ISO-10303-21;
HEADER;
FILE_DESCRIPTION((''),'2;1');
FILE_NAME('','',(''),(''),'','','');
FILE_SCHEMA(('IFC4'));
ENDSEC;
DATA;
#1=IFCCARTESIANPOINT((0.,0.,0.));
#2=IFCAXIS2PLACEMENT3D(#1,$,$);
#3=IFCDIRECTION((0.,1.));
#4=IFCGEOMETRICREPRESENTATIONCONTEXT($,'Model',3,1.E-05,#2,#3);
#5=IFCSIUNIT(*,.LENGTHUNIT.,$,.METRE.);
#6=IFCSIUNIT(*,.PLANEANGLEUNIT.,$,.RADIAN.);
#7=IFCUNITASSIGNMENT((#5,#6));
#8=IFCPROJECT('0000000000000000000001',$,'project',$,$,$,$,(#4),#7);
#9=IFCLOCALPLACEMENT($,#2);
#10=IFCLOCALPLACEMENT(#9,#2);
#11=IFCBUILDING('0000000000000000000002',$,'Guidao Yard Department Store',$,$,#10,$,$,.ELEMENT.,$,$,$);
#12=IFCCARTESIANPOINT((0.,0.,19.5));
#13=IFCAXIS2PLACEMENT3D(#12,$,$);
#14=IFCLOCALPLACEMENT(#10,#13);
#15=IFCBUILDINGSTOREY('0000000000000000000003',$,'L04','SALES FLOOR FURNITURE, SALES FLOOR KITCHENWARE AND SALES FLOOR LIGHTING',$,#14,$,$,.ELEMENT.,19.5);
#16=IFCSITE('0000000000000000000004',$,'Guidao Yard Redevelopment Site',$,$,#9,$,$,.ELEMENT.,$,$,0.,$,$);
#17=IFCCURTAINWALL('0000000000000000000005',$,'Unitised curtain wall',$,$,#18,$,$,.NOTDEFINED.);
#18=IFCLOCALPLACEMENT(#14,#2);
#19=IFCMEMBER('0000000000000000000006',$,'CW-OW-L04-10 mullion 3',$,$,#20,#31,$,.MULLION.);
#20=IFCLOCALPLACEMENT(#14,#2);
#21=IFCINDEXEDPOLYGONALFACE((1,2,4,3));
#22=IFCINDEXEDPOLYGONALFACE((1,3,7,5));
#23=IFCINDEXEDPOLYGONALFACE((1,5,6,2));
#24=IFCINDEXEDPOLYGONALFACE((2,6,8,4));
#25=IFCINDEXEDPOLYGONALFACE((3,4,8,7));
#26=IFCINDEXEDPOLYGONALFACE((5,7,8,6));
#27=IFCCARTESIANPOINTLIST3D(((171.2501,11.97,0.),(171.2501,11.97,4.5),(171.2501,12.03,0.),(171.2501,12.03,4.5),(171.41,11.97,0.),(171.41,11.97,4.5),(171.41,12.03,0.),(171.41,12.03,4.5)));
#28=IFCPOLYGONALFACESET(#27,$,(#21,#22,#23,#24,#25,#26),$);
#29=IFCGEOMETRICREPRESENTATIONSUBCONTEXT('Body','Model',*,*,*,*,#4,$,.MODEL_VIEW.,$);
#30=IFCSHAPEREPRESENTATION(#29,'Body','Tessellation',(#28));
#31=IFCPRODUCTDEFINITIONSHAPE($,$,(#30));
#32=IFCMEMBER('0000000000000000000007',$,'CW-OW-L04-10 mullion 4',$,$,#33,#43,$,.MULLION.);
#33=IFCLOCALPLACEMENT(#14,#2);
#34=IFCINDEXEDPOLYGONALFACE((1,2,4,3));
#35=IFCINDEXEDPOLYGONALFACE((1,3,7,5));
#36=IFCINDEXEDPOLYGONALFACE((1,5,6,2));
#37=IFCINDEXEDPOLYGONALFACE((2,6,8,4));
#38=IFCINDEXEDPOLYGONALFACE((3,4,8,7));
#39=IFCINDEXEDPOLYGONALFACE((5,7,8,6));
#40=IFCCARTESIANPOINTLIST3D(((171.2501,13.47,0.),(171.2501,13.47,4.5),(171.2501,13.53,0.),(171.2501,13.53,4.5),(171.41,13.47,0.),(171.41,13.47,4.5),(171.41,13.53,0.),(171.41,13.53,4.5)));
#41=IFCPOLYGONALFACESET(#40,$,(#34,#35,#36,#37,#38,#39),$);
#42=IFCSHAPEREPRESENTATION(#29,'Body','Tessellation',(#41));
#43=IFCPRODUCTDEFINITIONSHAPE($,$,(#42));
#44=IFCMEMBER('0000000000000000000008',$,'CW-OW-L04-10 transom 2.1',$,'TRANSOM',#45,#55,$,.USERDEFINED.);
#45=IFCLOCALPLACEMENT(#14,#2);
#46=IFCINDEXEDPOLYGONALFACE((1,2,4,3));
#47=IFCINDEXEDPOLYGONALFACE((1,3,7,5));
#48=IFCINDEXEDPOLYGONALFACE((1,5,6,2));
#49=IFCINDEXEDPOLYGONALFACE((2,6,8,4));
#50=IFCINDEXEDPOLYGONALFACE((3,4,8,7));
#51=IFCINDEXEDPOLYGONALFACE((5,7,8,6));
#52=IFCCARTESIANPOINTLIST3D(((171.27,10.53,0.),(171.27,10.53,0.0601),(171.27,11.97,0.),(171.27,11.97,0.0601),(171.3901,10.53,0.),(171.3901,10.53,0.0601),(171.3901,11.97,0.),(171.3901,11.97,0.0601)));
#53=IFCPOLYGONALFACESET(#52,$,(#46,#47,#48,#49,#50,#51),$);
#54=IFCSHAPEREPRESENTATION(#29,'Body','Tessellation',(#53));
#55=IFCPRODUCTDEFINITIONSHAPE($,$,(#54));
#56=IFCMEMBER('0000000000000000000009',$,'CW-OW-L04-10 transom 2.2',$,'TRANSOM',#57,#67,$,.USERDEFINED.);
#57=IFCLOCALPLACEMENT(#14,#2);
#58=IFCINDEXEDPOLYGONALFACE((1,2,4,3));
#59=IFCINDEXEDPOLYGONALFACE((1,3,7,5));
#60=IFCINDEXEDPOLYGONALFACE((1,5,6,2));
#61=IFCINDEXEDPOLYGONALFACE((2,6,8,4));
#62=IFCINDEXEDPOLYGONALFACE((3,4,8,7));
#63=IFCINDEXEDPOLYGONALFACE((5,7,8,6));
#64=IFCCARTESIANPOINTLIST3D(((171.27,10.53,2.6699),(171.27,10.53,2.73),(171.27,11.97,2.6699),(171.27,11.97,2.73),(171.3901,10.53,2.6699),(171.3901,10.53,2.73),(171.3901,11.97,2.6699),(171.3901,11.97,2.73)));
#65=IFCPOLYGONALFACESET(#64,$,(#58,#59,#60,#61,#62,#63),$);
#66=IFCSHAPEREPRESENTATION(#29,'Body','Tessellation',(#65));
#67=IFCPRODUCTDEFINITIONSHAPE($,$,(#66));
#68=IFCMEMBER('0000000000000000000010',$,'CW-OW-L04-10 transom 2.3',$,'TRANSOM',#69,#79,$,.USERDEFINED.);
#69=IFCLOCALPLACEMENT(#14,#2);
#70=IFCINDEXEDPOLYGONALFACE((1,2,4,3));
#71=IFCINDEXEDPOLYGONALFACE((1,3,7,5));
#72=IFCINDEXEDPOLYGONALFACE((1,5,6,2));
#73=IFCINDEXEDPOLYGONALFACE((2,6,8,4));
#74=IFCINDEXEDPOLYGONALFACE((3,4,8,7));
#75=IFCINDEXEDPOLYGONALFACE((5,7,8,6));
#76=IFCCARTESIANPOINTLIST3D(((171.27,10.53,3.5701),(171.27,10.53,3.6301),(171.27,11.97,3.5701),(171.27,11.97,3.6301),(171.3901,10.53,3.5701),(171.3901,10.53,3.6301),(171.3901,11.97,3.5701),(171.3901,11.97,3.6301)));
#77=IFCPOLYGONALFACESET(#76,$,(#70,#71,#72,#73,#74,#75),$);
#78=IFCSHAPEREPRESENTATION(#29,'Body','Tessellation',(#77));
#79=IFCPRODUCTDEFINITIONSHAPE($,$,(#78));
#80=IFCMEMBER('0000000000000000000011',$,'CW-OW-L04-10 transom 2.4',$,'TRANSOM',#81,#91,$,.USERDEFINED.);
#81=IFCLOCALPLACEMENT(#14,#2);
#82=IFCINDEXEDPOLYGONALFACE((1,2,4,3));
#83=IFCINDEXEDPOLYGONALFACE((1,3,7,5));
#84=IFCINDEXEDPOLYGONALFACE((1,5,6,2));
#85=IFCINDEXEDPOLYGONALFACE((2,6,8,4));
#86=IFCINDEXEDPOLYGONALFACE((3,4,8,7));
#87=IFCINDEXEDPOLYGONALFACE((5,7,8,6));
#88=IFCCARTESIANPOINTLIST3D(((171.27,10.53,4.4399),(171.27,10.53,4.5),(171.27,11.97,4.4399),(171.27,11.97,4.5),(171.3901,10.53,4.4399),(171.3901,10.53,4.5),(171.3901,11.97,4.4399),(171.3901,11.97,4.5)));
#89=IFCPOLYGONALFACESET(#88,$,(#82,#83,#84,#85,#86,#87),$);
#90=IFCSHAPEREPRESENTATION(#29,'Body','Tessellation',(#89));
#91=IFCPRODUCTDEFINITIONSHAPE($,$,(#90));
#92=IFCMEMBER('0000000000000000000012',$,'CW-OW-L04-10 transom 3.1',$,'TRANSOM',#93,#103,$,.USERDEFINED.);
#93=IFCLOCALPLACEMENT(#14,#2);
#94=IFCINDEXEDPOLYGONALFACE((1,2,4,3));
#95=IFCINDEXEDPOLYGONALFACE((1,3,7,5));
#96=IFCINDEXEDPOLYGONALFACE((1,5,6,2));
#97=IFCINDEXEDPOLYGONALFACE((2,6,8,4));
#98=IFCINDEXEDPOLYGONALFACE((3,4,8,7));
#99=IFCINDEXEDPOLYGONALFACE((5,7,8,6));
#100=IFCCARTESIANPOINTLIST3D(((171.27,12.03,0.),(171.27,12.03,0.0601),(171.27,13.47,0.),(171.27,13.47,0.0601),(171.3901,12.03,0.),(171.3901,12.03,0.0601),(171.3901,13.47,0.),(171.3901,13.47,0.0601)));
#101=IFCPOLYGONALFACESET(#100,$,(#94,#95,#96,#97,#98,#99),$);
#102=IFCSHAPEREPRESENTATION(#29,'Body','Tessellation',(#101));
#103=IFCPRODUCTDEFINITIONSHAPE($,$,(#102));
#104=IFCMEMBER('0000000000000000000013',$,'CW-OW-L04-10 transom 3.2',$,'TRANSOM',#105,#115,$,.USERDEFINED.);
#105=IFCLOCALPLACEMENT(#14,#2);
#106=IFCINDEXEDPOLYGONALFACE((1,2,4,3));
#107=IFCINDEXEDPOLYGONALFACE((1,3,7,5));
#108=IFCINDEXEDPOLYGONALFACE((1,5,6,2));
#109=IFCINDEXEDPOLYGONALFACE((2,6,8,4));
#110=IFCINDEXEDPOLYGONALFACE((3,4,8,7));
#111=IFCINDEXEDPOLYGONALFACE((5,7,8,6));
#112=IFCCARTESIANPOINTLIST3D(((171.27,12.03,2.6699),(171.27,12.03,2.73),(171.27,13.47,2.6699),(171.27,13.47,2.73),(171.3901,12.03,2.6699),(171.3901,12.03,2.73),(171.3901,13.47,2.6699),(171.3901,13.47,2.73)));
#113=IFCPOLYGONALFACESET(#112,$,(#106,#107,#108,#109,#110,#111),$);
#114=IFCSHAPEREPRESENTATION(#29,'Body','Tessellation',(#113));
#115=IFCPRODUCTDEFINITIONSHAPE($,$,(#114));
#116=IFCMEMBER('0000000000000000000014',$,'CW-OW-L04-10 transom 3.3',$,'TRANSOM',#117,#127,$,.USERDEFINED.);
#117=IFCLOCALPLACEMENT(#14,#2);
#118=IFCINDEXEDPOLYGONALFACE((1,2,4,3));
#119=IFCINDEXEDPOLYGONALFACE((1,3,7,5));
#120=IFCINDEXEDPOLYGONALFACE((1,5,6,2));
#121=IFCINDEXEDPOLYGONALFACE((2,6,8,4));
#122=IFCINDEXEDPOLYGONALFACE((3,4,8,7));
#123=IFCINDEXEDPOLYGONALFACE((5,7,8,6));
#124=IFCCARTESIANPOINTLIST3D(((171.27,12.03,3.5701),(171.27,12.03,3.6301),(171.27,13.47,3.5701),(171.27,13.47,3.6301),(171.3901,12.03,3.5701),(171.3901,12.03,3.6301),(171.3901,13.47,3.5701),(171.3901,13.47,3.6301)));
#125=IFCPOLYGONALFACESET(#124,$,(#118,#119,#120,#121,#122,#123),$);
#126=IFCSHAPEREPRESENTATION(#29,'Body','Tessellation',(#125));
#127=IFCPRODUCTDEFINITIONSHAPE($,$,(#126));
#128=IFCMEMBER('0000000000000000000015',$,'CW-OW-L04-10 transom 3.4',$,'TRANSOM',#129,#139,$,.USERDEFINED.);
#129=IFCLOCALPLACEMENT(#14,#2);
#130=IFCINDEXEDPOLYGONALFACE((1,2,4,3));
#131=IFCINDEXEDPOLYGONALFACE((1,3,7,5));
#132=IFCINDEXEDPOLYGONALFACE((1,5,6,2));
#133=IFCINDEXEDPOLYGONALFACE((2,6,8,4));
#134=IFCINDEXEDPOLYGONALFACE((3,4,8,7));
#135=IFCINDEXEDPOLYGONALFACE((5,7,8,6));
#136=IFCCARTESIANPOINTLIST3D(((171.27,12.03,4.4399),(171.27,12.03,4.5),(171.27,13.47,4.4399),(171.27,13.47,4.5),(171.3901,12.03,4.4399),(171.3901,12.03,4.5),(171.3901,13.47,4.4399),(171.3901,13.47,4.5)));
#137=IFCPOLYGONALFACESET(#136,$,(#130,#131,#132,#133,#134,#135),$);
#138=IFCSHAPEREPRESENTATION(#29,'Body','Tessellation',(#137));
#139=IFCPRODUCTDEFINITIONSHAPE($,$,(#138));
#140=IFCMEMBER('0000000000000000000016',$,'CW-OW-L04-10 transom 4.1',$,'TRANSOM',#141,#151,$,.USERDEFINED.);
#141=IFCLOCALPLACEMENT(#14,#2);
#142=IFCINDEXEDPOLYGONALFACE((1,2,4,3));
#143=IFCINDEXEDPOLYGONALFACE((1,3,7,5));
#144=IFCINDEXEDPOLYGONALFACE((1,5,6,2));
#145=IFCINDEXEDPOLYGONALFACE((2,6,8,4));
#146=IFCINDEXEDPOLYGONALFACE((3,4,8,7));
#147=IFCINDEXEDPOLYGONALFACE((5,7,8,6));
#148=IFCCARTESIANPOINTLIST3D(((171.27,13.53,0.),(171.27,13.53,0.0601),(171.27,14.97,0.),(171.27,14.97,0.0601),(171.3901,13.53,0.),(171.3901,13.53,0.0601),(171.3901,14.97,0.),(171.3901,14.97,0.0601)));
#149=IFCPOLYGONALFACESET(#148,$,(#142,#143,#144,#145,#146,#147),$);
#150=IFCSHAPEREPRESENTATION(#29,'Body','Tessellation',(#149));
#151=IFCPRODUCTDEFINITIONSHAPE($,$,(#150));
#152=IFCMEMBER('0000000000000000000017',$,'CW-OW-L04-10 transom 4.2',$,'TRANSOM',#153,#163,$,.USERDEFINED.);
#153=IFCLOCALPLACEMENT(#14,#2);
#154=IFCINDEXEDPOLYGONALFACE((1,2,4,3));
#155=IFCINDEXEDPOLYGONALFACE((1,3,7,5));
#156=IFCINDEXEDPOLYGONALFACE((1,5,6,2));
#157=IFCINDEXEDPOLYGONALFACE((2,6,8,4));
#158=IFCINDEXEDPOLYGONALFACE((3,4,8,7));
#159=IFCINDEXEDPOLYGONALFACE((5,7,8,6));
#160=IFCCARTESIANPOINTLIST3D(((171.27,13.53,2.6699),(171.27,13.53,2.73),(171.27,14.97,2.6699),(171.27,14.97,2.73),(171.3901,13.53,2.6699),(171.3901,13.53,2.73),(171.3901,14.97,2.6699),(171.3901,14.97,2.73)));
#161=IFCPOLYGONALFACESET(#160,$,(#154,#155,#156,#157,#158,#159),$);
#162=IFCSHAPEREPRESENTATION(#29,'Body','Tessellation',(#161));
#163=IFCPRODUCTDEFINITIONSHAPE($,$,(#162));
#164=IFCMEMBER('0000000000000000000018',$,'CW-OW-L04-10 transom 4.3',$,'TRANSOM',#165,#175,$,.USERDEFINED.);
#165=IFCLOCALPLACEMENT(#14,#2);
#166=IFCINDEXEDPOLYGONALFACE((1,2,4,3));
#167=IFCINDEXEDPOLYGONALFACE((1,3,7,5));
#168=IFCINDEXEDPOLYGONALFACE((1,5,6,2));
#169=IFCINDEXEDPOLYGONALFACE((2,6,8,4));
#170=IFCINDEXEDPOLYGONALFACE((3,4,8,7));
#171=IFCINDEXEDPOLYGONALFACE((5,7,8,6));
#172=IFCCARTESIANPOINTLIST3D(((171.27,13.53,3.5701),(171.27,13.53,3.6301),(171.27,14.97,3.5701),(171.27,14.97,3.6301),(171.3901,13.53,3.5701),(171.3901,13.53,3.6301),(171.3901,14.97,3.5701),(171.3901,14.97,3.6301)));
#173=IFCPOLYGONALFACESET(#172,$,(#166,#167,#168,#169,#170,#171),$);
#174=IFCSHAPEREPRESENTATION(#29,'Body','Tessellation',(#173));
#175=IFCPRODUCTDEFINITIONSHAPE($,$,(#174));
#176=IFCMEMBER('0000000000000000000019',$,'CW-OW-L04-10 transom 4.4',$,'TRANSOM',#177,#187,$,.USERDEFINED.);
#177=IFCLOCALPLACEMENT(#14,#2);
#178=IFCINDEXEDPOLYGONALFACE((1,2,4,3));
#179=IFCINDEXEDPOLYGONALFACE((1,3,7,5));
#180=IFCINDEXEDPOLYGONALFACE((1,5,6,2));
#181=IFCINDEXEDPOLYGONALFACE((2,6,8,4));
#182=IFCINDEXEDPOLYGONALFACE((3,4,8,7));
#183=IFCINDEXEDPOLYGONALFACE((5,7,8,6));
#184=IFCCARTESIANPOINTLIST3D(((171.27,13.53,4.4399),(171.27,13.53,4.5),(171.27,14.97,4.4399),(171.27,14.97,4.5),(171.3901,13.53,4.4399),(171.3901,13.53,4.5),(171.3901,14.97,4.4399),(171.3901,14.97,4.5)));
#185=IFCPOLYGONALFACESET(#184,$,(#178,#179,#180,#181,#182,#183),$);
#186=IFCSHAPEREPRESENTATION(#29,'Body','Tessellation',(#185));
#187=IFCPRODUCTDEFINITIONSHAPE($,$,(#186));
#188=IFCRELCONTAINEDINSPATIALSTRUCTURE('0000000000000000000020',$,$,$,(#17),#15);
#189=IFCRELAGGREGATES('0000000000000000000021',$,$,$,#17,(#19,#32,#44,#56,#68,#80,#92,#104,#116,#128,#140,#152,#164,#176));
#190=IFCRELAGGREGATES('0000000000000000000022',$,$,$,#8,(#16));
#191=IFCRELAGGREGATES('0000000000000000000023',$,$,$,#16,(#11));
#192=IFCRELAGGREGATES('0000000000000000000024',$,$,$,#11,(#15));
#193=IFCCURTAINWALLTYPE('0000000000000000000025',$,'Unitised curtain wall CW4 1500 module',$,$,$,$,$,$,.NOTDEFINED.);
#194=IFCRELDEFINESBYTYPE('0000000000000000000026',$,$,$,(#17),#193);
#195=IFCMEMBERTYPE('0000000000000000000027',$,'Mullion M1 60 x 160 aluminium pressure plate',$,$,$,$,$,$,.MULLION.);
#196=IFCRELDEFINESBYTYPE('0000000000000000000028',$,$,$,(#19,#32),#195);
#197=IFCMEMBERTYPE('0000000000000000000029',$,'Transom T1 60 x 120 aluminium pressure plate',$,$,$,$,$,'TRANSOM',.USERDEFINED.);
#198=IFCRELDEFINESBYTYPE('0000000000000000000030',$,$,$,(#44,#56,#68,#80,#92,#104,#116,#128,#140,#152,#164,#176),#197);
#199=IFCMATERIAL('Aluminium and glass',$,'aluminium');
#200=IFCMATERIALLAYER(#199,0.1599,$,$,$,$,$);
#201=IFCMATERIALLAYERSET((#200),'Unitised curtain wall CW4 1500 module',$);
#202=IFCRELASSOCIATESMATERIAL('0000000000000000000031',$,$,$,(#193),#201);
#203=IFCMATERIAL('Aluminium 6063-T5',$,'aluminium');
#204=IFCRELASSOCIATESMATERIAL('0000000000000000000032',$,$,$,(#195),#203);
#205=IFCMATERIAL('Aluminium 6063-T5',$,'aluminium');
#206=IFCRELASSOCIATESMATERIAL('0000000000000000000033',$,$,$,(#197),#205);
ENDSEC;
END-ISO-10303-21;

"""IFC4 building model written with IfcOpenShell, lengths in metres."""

from ifc_helpers import new_model, si_unit, direction, frame, origin, origin_2d, place, context, subcontext, project, spatial, rectangle, extrude, material, layer, layer_set, material_profile, profile_set, type_object, element, aggregate, save


model = new_model("IFC4")

# Units and contexts
model_context = context("Model", 3, precision=1e-05, world=origin(), true_north=direction((0.0, 1.0)))
body_context = subcontext(model_context, "Body", "Model", "MODEL_VIEW")
ifc_project = project(units=[si_unit("LENGTHUNIT", "METRE"), si_unit("PLANEANGLEUNIT", "RADIAN")], contexts=[model_context])

# Site, building, storey
site_placement = place(None, origin())
site = spatial("IfcSite", under=ifc_project, at=site_placement, Name="Guidao Yard Redevelopment Site", CompositionType="ELEMENT", RefElevation=0.0)
building_placement = place(site_placement, origin())
building = spatial("IfcBuilding", under=site, at=building_placement, Name="Guidao Yard Department Store", CompositionType="ELEMENT")
storey_placement = place(building_placement, frame((0.0, 0.0, 19.5)))
storey = spatial("IfcBuildingStorey", under=building, at=storey_placement, Name="L04", Description="SALES FLOOR FURNITURE, SALES FLOOR KITCHENWARE AND SALES FLOOR LIGHTING", CompositionType="ELEMENT", Elevation=19.5)

# Curtain wall, members
ifc_material_1 = material(Name="Aluminium and glass", Category="aluminium")
ifc_layer_1 = layer(ifc_material_1, 0.1599)
ifc_layer_set_1 = layer_set([ifc_layer_1], Name="Unitised curtain wall CW4 1500 module")
curtain_wall_type = type_object("IfcCurtainWallType", Name="Unitised curtain wall CW4 1500 module", PredefinedType="NOTDEFINED", material=ifc_layer_set_1)
curtain_wall_placement = place(storey_placement, origin())
curtain_wall = element("IfcCurtainWall", 1, at=curtain_wall_placement, inside=storey, type_object=curtain_wall_type, Name="Unitised curtain wall", PredefinedType="NOTDEFINED")
ifc_material_2 = material(Name="Aluminium 6063-T5", Category="aluminium")
ifc_material_profile_1 = material_profile(ifc_material_2, rectangle(XDim=0.0601, YDim=0.1599, at=origin_2d()), Name="Mullion M1 60 x 160 aluminium pressure plate")
ifc_profile_set_1 = profile_set([ifc_material_profile_1], Name="Aluminium 6063-T5")
member_type_1 = type_object("IfcMemberType", Name="Mullion M1 60 x 160 aluminium pressure plate", PredefinedType="MULLION", material=ifc_profile_set_1)
member_1_placement = place(storey_placement, frame((171.3301, 12.0, 0.0), z_axis=(0.0, 0.0, 1.0), x_axis=(0.0, -1.0, 0.0)))
member_1 = element("IfcMember", 2, at=member_1_placement, type_object=member_type_1, Name="CW-OW-L04-10 mullion 3", PredefinedType="MULLION", context=body_context, shape_type="SweptSolid", body=[
    extrude(rectangle(XDim=0.0601, YDim=0.1599, at=origin_2d()), origin(), (0.0, 0.0, 1.0), 4.5),
])
member_2_placement = place(storey_placement, frame((171.3301, 13.5, 0.0), z_axis=(0.0, 0.0, 1.0), x_axis=(0.0, -1.0, 0.0)))
member_2 = element("IfcMember", 3, at=member_2_placement, type_object=member_type_1, Name="CW-OW-L04-10 mullion 4", PredefinedType="MULLION", context=body_context, shape_type="SweptSolid", body=[
    extrude(rectangle(XDim=0.0601, YDim=0.1599, at=origin_2d()), origin(), (0.0, 0.0, 1.0), 4.5),
])
ifc_material_3 = material(Name="Aluminium 6063-T5", Category="aluminium")
ifc_material_profile_2 = material_profile(ifc_material_3, rectangle(XDim=0.1201, YDim=0.0601, at=origin_2d()), Name="Transom T1 60 x 120 aluminium pressure plate")
ifc_profile_set_2 = profile_set([ifc_material_profile_2], Name="Aluminium 6063-T5")
member_type_2 = type_object("IfcMemberType", Name="Transom T1 60 x 120 aluminium pressure plate", ElementType="TRANSOM", PredefinedType="USERDEFINED", material=ifc_profile_set_2)
member_3_placement = place(storey_placement, frame((171.3301, 11.97, 0.03), z_axis=(0.0, -1.0, 0.0), x_axis=(1.0, 0.0, 0.0)))
member_3 = element("IfcMember", 4, at=member_3_placement, type_object=member_type_2, Name="CW-OW-L04-10 transom 2.1", ObjectType="TRANSOM", PredefinedType="USERDEFINED", context=body_context, shape_type="SweptSolid", body=[
    extrude(rectangle(XDim=0.1201, YDim=0.0601, at=origin_2d()), origin(), (0.0, 0.0, 1.0), 1.4399),
])
member_4_placement = place(storey_placement, frame((171.3301, 11.97, 2.7), z_axis=(0.0, -1.0, 0.0), x_axis=(1.0, 0.0, 0.0)))
member_4 = element("IfcMember", 5, at=member_4_placement, type_object=member_type_2, Name="CW-OW-L04-10 transom 2.2", ObjectType="TRANSOM", PredefinedType="USERDEFINED", context=body_context, shape_type="SweptSolid", body=[
    extrude(rectangle(XDim=0.1201, YDim=0.0601, at=origin_2d()), origin(), (0.0, 0.0, 1.0), 1.4399),
])
member_5_placement = place(storey_placement, frame((171.3301, 11.97, 3.6001), z_axis=(0.0, -1.0, 0.0), x_axis=(1.0, 0.0, 0.0)))
member_5 = element("IfcMember", 6, at=member_5_placement, type_object=member_type_2, Name="CW-OW-L04-10 transom 2.3", ObjectType="TRANSOM", PredefinedType="USERDEFINED", context=body_context, shape_type="SweptSolid", body=[
    extrude(rectangle(XDim=0.1201, YDim=0.0601, at=origin_2d()), origin(), (0.0, 0.0, 1.0), 1.4399),
])
member_6_placement = place(storey_placement, frame((171.3301, 11.97, 4.47), z_axis=(0.0, -1.0, 0.0), x_axis=(1.0, 0.0, 0.0)))
member_6 = element("IfcMember", 7, at=member_6_placement, type_object=member_type_2, Name="CW-OW-L04-10 transom 2.4", ObjectType="TRANSOM", PredefinedType="USERDEFINED", context=body_context, shape_type="SweptSolid", body=[
    extrude(rectangle(XDim=0.1201, YDim=0.0601, at=origin_2d()), origin(), (0.0, 0.0, 1.0), 1.4399),
])
member_7_placement = place(storey_placement, frame((171.3301, 13.47, 0.03), z_axis=(0.0, -1.0, 0.0), x_axis=(1.0, 0.0, 0.0)))
member_7 = element("IfcMember", 8, at=member_7_placement, type_object=member_type_2, Name="CW-OW-L04-10 transom 3.1", ObjectType="TRANSOM", PredefinedType="USERDEFINED", context=body_context, shape_type="SweptSolid", body=[
    extrude(rectangle(XDim=0.1201, YDim=0.0601, at=origin_2d()), origin(), (0.0, 0.0, 1.0), 1.4399),
])
member_8_placement = place(storey_placement, frame((171.3301, 13.47, 2.7), z_axis=(0.0, -1.0, 0.0), x_axis=(1.0, 0.0, 0.0)))
member_8 = element("IfcMember", 9, at=member_8_placement, type_object=member_type_2, Name="CW-OW-L04-10 transom 3.2", ObjectType="TRANSOM", PredefinedType="USERDEFINED", context=body_context, shape_type="SweptSolid", body=[
    extrude(rectangle(XDim=0.1201, YDim=0.0601, at=origin_2d()), origin(), (0.0, 0.0, 1.0), 1.4399),
])
member_9_placement = place(storey_placement, frame((171.3301, 13.47, 3.6001), z_axis=(0.0, -1.0, 0.0), x_axis=(1.0, 0.0, 0.0)))
member_9 = element("IfcMember", 10, at=member_9_placement, type_object=member_type_2, Name="CW-OW-L04-10 transom 3.3", ObjectType="TRANSOM", PredefinedType="USERDEFINED", context=body_context, shape_type="SweptSolid", body=[
    extrude(rectangle(XDim=0.1201, YDim=0.0601, at=origin_2d()), origin(), (0.0, 0.0, 1.0), 1.4399),
])
member_10_placement = place(storey_placement, frame((171.3301, 13.47, 4.47), z_axis=(0.0, -1.0, 0.0), x_axis=(1.0, 0.0, 0.0)))
member_10 = element("IfcMember", 11, at=member_10_placement, type_object=member_type_2, Name="CW-OW-L04-10 transom 3.4", ObjectType="TRANSOM", PredefinedType="USERDEFINED", context=body_context, shape_type="SweptSolid", body=[
    extrude(rectangle(XDim=0.1201, YDim=0.0601, at=origin_2d()), origin(), (0.0, 0.0, 1.0), 1.4399),
])
member_11_placement = place(storey_placement, frame((171.3301, 14.97, 0.03), z_axis=(0.0, -1.0, 0.0), x_axis=(1.0, 0.0, 0.0)))
member_11 = element("IfcMember", 12, at=member_11_placement, type_object=member_type_2, Name="CW-OW-L04-10 transom 4.1", ObjectType="TRANSOM", PredefinedType="USERDEFINED", context=body_context, shape_type="SweptSolid", body=[
    extrude(rectangle(XDim=0.1201, YDim=0.0601, at=origin_2d()), origin(), (0.0, 0.0, 1.0), 1.4399),
])
member_12_placement = place(storey_placement, frame((171.3301, 14.97, 2.7), z_axis=(0.0, -1.0, 0.0), x_axis=(1.0, 0.0, 0.0)))
member_12 = element("IfcMember", 13, at=member_12_placement, type_object=member_type_2, Name="CW-OW-L04-10 transom 4.2", ObjectType="TRANSOM", PredefinedType="USERDEFINED", context=body_context, shape_type="SweptSolid", body=[
    extrude(rectangle(XDim=0.1201, YDim=0.0601, at=origin_2d()), origin(), (0.0, 0.0, 1.0), 1.4399),
])
member_13_placement = place(storey_placement, frame((171.3301, 14.97, 3.6001), z_axis=(0.0, -1.0, 0.0), x_axis=(1.0, 0.0, 0.0)))
member_13 = element("IfcMember", 14, at=member_13_placement, type_object=member_type_2, Name="CW-OW-L04-10 transom 4.3", ObjectType="TRANSOM", PredefinedType="USERDEFINED", context=body_context, shape_type="SweptSolid", body=[
    extrude(rectangle(XDim=0.1201, YDim=0.0601, at=origin_2d()), origin(), (0.0, 0.0, 1.0), 1.4399),
])
member_14_placement = place(storey_placement, frame((171.3301, 14.97, 4.47), z_axis=(0.0, -1.0, 0.0), x_axis=(1.0, 0.0, 0.0)))
member_14 = element("IfcMember", 15, at=member_14_placement, type_object=member_type_2, Name="CW-OW-L04-10 transom 4.4", ObjectType="TRANSOM", PredefinedType="USERDEFINED", context=body_context, shape_type="SweptSolid", body=[
    extrude(rectangle(XDim=0.1201, YDim=0.0601, at=origin_2d()), origin(), (0.0, 0.0, 1.0), 1.4399),
])
aggregate(curtain_wall, [member_1, member_2, member_3, member_4, member_5, member_6, member_7, member_8, member_9, member_10, member_11, member_12, member_13, member_14])

save(model, "model.ifc")
